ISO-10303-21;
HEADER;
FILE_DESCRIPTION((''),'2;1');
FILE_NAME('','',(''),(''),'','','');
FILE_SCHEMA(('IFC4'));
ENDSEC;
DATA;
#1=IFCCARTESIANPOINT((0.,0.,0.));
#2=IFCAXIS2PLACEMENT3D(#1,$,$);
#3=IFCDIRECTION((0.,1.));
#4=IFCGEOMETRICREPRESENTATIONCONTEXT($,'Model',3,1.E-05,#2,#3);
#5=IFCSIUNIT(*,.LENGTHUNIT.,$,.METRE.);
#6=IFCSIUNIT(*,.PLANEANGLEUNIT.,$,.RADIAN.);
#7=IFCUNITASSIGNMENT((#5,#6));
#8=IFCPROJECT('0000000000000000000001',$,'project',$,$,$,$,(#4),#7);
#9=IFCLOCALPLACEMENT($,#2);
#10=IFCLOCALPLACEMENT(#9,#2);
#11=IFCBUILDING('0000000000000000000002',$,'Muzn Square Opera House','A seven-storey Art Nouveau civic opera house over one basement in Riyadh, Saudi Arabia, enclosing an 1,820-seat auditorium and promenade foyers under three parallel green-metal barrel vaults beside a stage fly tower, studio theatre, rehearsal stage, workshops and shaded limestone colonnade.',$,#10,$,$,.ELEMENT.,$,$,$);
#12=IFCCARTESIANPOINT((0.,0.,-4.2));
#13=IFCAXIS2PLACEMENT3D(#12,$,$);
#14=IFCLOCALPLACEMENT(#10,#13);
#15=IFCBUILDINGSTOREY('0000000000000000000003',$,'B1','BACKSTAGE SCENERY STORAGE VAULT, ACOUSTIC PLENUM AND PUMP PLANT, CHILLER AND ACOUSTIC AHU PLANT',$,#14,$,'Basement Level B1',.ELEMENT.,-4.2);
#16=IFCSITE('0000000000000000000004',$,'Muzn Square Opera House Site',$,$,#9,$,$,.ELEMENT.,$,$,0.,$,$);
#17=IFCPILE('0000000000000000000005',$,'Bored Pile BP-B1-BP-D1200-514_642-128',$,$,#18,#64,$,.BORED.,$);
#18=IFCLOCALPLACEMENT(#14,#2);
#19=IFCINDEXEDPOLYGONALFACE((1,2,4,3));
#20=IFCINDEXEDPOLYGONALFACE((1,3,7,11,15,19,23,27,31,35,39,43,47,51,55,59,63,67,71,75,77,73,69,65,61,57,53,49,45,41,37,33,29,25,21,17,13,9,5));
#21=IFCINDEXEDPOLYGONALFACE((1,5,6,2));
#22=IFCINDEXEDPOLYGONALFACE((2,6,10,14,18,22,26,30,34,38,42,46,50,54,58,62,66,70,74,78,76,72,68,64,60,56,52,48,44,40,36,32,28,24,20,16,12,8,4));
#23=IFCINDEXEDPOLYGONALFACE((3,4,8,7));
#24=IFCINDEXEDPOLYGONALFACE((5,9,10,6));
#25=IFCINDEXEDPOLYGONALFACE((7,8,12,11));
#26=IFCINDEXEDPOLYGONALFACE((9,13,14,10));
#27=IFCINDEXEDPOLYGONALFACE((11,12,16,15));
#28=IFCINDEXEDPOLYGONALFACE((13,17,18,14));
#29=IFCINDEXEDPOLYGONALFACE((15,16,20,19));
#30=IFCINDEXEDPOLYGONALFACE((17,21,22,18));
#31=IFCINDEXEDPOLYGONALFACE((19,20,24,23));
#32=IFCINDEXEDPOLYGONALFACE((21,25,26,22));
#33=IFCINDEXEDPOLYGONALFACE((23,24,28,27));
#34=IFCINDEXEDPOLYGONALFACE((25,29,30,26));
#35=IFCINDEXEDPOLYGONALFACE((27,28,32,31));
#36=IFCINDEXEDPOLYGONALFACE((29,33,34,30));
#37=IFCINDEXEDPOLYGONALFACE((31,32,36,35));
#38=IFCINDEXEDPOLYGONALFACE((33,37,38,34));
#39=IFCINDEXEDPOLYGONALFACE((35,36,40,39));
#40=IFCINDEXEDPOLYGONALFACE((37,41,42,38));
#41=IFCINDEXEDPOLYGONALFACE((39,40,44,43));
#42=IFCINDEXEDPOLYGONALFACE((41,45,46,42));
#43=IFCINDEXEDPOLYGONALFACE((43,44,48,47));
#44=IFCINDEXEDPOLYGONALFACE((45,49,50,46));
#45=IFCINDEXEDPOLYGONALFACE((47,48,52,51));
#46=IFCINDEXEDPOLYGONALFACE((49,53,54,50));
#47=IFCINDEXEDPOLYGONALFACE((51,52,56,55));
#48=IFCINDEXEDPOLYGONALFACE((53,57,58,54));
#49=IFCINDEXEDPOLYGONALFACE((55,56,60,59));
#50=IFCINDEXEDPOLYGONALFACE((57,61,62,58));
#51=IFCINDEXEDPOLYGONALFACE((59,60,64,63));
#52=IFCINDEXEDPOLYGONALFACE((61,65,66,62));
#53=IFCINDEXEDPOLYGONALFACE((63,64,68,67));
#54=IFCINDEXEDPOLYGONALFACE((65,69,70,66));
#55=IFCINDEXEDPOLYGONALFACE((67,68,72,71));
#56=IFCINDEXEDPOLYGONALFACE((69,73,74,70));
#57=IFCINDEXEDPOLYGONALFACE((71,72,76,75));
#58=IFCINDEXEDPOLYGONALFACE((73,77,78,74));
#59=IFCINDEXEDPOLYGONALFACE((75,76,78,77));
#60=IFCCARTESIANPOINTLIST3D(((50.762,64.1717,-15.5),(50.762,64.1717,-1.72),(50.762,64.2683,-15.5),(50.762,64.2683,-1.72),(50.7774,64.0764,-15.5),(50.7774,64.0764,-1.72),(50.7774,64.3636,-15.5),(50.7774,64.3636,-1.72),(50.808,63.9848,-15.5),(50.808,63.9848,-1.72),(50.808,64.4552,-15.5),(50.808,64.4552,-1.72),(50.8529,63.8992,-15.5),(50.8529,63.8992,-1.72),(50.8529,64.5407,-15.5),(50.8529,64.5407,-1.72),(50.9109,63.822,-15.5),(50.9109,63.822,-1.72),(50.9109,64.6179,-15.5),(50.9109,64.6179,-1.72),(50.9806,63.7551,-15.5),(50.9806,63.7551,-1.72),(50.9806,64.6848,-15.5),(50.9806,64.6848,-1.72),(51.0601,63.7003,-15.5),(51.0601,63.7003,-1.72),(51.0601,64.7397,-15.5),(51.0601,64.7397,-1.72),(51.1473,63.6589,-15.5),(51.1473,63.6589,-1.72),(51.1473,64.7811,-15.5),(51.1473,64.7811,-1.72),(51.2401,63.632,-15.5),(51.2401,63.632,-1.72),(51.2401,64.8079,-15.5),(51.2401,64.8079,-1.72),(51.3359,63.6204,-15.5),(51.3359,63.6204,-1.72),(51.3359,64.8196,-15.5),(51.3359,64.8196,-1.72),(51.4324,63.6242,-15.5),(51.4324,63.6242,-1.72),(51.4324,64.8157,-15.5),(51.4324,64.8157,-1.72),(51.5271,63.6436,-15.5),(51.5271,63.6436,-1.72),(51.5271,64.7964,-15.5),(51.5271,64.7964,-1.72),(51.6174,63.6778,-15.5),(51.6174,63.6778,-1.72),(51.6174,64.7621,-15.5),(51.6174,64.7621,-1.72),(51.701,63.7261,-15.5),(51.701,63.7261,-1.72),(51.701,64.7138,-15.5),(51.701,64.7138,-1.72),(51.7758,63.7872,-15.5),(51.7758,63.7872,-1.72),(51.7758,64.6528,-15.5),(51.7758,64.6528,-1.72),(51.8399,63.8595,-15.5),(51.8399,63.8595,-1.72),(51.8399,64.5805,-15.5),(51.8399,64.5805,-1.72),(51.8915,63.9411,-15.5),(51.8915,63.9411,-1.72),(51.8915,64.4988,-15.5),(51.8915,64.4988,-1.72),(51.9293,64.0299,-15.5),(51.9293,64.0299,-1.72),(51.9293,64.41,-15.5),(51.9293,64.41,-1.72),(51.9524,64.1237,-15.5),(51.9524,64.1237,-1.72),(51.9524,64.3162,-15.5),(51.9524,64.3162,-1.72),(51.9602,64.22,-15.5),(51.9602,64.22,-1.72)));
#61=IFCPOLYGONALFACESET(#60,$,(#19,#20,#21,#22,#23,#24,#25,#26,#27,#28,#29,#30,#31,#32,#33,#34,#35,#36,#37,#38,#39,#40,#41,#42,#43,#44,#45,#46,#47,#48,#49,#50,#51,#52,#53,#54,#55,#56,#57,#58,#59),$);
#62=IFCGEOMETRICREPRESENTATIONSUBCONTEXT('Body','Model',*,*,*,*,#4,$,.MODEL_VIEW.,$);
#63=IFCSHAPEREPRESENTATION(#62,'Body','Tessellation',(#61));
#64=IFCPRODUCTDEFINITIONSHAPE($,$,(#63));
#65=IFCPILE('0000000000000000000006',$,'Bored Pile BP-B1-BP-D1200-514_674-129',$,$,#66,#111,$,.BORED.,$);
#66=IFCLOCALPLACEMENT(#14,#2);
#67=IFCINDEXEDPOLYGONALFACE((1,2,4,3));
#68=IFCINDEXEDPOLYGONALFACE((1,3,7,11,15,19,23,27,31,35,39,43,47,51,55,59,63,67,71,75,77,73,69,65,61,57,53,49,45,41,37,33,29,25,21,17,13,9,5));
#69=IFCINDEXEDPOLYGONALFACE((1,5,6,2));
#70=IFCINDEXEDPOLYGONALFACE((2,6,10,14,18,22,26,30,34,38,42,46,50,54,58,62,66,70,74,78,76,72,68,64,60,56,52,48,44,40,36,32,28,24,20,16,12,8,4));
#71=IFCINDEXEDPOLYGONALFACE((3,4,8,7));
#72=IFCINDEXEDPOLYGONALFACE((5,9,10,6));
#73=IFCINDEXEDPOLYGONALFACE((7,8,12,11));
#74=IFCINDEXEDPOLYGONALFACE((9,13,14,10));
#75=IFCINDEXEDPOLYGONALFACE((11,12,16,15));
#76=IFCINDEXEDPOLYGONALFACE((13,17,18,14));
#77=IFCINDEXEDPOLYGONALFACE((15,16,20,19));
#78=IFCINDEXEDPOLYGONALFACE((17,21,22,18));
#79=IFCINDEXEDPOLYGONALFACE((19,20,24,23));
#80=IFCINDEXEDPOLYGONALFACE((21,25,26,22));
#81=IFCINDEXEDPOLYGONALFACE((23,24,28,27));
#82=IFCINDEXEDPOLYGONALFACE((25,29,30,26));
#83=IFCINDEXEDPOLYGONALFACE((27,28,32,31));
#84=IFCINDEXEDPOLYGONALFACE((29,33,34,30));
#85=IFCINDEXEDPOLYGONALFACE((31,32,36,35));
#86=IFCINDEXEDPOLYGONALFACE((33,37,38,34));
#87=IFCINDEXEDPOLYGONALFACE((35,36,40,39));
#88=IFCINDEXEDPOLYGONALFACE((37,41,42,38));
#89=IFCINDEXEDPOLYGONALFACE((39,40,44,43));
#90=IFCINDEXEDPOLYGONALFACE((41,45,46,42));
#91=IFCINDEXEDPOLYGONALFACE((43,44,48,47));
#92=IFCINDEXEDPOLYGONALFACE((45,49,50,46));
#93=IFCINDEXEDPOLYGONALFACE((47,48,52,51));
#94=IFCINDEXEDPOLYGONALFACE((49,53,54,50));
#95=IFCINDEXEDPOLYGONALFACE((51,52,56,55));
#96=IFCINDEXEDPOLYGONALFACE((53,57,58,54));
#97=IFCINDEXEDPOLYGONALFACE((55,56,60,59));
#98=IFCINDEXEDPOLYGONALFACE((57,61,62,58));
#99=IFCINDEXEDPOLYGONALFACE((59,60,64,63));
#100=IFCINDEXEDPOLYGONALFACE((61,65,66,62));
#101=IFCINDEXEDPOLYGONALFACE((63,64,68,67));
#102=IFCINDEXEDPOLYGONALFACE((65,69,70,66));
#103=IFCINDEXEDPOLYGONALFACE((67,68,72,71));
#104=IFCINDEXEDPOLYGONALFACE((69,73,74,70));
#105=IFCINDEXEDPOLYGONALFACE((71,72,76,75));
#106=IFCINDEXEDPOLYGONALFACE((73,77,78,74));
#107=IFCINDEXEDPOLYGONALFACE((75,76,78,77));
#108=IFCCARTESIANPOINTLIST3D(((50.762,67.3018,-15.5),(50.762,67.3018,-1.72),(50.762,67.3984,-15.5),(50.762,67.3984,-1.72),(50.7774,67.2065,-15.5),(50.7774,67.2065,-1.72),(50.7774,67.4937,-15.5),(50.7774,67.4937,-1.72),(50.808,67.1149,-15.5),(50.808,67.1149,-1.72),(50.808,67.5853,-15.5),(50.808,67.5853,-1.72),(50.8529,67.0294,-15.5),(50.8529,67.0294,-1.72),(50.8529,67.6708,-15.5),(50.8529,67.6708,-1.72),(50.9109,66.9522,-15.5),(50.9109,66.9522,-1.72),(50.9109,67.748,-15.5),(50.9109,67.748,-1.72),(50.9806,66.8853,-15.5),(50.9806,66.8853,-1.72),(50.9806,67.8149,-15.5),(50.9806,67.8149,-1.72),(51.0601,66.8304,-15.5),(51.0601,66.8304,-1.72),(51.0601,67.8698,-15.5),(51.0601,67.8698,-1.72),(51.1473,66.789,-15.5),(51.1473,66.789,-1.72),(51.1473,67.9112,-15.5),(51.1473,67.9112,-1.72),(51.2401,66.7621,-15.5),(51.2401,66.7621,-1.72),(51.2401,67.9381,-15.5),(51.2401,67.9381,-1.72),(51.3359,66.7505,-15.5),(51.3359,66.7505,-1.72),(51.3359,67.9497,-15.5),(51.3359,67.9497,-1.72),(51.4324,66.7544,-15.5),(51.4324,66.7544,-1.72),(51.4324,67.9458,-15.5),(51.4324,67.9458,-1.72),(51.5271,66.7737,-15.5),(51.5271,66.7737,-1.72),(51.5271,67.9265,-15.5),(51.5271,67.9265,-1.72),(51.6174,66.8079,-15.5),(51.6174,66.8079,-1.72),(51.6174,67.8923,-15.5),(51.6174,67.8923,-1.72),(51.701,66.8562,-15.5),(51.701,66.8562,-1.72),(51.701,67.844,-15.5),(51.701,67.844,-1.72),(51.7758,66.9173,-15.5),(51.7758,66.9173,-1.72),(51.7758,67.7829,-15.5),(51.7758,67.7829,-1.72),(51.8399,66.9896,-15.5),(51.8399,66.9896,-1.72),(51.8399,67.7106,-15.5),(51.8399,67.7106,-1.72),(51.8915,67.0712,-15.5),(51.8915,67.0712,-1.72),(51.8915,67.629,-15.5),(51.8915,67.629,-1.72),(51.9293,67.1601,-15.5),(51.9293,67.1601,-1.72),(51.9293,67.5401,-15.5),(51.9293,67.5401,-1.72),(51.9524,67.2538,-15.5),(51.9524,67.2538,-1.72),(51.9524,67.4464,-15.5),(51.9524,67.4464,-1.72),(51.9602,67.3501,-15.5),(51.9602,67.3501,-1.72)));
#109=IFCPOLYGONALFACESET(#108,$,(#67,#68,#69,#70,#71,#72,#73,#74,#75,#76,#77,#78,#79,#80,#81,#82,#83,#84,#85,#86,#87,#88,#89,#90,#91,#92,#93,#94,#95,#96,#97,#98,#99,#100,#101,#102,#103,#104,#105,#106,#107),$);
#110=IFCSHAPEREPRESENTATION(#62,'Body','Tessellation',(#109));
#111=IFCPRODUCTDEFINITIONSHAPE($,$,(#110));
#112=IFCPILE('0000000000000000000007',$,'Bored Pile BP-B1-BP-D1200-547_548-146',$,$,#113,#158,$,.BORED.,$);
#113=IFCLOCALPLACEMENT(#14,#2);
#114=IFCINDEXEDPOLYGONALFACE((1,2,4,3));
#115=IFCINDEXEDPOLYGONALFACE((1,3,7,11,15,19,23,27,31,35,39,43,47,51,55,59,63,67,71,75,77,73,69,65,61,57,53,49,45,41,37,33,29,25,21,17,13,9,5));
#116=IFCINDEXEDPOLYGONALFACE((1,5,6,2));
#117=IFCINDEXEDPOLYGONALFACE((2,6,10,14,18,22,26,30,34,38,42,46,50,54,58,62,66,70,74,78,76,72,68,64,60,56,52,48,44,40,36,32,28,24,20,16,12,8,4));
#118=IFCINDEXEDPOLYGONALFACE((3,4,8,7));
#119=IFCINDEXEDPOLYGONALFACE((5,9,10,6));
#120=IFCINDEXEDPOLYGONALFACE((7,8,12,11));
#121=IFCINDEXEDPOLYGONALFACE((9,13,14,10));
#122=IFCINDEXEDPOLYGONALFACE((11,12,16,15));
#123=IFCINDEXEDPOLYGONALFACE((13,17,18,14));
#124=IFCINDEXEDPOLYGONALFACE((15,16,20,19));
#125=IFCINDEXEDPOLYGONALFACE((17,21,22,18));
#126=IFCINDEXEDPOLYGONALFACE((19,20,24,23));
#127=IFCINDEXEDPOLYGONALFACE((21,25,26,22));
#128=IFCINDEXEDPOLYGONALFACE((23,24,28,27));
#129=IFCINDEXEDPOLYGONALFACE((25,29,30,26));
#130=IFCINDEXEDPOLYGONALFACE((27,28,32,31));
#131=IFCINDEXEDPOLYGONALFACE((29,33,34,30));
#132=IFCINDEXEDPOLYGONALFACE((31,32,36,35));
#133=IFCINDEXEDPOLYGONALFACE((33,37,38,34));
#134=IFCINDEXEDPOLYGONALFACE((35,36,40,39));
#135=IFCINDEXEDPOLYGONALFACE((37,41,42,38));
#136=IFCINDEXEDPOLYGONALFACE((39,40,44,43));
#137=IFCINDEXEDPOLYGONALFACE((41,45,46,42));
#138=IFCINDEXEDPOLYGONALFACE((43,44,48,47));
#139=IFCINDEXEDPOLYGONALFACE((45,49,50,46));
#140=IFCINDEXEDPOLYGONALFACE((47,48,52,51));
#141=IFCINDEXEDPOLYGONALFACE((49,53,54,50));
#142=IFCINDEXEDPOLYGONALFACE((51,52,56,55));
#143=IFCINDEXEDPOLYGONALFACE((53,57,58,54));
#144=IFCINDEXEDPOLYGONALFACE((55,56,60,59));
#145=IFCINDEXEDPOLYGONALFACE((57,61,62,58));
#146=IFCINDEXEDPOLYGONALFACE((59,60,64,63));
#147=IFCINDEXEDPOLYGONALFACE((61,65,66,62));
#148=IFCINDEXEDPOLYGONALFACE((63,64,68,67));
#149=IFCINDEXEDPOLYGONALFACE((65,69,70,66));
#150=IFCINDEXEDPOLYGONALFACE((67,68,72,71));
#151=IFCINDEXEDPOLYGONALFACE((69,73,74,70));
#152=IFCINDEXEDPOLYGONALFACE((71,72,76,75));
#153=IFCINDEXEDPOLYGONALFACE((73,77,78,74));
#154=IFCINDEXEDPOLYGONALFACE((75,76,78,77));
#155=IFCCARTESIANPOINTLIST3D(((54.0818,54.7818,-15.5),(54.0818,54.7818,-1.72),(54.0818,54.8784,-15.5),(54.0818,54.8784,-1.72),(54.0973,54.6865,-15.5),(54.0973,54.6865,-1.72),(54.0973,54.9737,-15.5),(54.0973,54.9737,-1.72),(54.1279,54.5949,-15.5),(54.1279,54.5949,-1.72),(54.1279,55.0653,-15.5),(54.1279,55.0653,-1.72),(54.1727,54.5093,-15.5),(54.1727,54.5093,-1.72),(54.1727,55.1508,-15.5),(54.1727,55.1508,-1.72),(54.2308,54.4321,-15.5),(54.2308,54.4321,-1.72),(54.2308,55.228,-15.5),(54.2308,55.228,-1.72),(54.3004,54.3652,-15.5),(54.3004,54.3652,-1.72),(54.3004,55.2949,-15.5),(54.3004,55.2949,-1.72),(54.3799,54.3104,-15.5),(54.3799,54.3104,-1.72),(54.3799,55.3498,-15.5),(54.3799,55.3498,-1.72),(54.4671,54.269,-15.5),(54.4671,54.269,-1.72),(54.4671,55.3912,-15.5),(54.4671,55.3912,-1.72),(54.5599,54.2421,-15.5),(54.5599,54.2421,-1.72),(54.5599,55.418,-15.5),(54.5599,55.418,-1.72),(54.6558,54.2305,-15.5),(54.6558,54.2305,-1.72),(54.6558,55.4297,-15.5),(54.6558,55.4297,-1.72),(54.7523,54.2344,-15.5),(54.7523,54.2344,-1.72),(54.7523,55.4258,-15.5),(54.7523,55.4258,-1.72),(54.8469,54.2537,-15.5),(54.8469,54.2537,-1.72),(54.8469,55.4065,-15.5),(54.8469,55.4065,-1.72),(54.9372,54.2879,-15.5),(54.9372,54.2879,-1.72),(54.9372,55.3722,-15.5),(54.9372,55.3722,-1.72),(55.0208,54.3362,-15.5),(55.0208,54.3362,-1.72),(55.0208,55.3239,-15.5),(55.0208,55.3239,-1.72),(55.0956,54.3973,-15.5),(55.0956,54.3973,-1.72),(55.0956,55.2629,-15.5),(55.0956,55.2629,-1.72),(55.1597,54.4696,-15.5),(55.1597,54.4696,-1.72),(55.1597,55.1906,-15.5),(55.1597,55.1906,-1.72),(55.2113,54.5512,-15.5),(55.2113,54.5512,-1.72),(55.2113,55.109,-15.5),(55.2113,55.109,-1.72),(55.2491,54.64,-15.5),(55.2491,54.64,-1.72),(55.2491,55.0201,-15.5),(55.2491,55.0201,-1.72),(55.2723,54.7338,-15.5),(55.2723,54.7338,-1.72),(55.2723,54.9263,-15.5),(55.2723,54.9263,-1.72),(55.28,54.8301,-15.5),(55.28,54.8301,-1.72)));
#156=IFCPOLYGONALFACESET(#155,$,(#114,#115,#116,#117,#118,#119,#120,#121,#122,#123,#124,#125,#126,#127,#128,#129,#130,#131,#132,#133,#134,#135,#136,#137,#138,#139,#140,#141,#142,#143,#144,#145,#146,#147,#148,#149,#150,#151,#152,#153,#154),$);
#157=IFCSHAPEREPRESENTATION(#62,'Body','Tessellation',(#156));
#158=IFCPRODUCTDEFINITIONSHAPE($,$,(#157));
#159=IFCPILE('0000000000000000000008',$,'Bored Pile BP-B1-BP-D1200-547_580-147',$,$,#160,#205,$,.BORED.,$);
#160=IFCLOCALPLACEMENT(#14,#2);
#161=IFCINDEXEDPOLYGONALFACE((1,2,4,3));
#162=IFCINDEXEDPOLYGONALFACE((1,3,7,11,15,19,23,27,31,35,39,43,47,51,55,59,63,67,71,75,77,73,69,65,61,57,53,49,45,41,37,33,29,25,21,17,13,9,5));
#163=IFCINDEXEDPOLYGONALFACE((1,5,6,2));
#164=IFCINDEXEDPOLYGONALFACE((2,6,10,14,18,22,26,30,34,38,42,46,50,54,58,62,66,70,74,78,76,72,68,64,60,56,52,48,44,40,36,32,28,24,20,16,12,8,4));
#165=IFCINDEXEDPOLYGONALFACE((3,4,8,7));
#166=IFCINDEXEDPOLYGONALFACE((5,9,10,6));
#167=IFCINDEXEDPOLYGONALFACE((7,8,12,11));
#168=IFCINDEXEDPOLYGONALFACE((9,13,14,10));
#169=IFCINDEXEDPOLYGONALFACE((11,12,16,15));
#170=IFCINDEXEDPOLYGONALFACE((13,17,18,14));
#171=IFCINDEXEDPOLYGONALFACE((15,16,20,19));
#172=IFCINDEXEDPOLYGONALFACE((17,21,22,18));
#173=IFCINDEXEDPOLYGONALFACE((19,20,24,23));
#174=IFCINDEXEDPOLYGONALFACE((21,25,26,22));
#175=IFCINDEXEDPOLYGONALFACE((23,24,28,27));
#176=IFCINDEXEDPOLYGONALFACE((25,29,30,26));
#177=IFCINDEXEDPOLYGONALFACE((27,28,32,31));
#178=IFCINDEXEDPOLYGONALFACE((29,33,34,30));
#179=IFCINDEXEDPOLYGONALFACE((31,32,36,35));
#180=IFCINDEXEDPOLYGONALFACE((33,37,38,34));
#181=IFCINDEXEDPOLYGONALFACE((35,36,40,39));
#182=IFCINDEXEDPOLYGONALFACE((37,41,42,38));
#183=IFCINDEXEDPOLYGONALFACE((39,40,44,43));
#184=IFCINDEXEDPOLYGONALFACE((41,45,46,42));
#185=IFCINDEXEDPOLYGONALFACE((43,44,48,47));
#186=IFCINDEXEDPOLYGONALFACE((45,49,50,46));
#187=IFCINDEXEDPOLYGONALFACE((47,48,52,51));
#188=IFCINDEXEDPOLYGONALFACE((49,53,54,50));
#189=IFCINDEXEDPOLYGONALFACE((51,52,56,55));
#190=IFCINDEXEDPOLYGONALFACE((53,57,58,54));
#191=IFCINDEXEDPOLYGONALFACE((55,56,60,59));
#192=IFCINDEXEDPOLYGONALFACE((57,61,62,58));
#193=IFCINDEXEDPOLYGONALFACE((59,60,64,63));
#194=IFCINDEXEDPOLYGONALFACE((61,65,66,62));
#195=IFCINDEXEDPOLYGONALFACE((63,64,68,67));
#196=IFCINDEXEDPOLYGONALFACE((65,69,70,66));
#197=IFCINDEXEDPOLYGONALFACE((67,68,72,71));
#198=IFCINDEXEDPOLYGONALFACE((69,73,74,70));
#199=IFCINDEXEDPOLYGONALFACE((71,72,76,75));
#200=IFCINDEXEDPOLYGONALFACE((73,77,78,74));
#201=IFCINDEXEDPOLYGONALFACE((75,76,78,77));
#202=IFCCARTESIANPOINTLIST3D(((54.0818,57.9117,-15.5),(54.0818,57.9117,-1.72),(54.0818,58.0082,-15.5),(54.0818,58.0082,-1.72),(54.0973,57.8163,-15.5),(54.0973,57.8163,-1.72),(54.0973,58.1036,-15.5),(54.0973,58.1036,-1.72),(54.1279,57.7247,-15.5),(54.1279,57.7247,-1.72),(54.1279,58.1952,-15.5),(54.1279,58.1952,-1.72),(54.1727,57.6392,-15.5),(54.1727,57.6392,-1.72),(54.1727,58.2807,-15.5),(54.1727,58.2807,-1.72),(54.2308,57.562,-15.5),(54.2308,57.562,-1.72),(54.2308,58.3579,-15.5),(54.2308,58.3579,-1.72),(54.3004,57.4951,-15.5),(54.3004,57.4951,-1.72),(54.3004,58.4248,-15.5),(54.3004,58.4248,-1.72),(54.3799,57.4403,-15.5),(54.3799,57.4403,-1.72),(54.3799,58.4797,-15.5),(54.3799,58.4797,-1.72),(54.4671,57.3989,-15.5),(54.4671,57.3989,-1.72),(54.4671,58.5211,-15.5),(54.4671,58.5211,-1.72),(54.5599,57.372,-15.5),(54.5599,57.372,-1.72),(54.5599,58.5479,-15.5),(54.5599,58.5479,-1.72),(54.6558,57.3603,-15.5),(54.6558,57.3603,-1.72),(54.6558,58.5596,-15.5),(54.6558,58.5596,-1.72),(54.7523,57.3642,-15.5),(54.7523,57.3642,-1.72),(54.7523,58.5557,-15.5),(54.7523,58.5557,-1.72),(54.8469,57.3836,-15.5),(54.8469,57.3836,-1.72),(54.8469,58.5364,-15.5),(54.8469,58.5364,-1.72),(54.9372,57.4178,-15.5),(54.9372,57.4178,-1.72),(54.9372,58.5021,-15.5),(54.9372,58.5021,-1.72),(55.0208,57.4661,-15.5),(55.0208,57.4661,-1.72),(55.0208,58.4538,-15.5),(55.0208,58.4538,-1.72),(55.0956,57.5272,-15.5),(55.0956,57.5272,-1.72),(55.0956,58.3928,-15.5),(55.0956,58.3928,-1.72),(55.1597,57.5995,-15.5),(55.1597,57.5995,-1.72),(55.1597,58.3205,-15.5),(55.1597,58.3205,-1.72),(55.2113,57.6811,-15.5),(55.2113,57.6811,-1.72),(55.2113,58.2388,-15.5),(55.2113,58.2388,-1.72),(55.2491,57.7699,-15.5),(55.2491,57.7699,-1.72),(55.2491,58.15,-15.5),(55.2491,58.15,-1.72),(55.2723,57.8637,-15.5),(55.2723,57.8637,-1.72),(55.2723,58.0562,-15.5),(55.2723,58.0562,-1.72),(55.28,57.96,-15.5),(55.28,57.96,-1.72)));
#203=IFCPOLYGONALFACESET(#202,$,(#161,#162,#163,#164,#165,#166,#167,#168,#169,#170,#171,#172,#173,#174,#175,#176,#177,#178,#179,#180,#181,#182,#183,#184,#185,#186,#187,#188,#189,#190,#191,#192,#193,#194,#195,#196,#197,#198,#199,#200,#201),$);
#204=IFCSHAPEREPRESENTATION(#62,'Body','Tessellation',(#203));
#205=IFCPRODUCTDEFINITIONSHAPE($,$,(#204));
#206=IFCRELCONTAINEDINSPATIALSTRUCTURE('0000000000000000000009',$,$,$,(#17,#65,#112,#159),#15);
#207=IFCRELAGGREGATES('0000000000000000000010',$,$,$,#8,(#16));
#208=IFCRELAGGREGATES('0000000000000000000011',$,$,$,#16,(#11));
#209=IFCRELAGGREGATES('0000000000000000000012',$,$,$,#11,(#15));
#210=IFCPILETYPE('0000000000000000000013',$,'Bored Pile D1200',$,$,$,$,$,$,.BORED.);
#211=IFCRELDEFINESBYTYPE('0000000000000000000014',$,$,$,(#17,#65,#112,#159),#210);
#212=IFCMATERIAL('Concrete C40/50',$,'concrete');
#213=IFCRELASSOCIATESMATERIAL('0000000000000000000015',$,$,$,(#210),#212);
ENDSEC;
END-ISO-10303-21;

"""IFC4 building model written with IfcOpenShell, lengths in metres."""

from ifc_helpers import new_model, si_unit, direction, frame, origin, origin_2d, place, context, subcontext, project, spatial, circle, extrude, material, material_profile, profile_set, type_object, element, save


model = new_model("IFC4")

# Units and contexts
model_context = context("Model", 3, precision=1e-05, world=origin(), true_north=direction((0.0, 1.0)))
body_context = subcontext(model_context, "Body", "Model", "MODEL_VIEW")
ifc_project = project(units=[si_unit("LENGTHUNIT", "METRE"), si_unit("PLANEANGLEUNIT", "RADIAN")], contexts=[model_context])

# Site, building, storey
site_placement = place(None, origin())
site = spatial("IfcSite", under=ifc_project, at=site_placement, Name="Muzn Square Opera House Site", CompositionType="ELEMENT", RefElevation=0.0)
building_placement = place(site_placement, origin())
building = spatial("IfcBuilding", under=site, at=building_placement, Name="Muzn Square Opera House", Description="A seven-storey Art Nouveau civic opera house over one basement in Riyadh, Saudi Arabia, enclosing an 1,820-seat auditorium and promenade foyers under three parallel green-metal barrel vaults beside a stage fly tower, studio theatre, rehearsal stage, workshops and shaded limestone colonnade.", CompositionType="ELEMENT")
storey_placement = place(building_placement, frame((0.0, 0.0, -4.2)))
storey = spatial("IfcBuildingStorey", under=building, at=storey_placement, Name="B1", Description="BACKSTAGE SCENERY STORAGE VAULT, ACOUSTIC PLENUM AND PUMP PLANT, CHILLER AND ACOUSTIC AHU PLANT", LongName="Basement Level B1", CompositionType="ELEMENT", Elevation=-4.2)

# Piles
ifc_material_1 = material(Name="Concrete C40/50", Category="concrete")
ifc_material_profile_1 = material_profile(ifc_material_1, circle(Radius=0.6001, at=origin_2d()), Name="BORED PILE D1200", Category="concrete")
ifc_profile_set_1 = profile_set([ifc_material_profile_1], Name="Concrete C40/50")
pile_type = type_object("IfcPileType", Name="Bored Pile D1200", PredefinedType="BORED", material=ifc_profile_set_1)
for number, where, z_axis, x_axis, name in (
    (1, (51.3601, 64.22, -1.72), (0.0, 0.0, -1.0), (1.0, 0.0, 0.0), "Bored Pile BP-B1-BP-D1200-514_642-128"),
    (2, (51.3601, 67.3501, -1.72), (0.0, 0.0, -1.0), (1.0, 0.0, 0.0), "Bored Pile BP-B1-BP-D1200-514_674-129"),
    (3, (54.6799, 54.8301, -1.72), (0.0, 0.0, -1.0), (1.0, 0.0, 0.0), "Bored Pile BP-B1-BP-D1200-547_548-146"),
    (4, (54.6799, 57.96, -1.72), (0.0, 0.0, -1.0), (1.0, 0.0, 0.0), "Bored Pile BP-B1-BP-D1200-547_580-147"),
):
    element("IfcPile", number, at=place(storey_placement, frame(where, z_axis=z_axis, x_axis=x_axis)), inside=storey, type_object=pile_type, Name=name, PredefinedType="BORED", context=body_context, shape_type="SweptSolid", body=[
        extrude(circle(Radius=0.6001, at=origin_2d()), origin(), (0.0, 0.0, 1.0), 13.78),
    ])

save(model, "model.ifc")
